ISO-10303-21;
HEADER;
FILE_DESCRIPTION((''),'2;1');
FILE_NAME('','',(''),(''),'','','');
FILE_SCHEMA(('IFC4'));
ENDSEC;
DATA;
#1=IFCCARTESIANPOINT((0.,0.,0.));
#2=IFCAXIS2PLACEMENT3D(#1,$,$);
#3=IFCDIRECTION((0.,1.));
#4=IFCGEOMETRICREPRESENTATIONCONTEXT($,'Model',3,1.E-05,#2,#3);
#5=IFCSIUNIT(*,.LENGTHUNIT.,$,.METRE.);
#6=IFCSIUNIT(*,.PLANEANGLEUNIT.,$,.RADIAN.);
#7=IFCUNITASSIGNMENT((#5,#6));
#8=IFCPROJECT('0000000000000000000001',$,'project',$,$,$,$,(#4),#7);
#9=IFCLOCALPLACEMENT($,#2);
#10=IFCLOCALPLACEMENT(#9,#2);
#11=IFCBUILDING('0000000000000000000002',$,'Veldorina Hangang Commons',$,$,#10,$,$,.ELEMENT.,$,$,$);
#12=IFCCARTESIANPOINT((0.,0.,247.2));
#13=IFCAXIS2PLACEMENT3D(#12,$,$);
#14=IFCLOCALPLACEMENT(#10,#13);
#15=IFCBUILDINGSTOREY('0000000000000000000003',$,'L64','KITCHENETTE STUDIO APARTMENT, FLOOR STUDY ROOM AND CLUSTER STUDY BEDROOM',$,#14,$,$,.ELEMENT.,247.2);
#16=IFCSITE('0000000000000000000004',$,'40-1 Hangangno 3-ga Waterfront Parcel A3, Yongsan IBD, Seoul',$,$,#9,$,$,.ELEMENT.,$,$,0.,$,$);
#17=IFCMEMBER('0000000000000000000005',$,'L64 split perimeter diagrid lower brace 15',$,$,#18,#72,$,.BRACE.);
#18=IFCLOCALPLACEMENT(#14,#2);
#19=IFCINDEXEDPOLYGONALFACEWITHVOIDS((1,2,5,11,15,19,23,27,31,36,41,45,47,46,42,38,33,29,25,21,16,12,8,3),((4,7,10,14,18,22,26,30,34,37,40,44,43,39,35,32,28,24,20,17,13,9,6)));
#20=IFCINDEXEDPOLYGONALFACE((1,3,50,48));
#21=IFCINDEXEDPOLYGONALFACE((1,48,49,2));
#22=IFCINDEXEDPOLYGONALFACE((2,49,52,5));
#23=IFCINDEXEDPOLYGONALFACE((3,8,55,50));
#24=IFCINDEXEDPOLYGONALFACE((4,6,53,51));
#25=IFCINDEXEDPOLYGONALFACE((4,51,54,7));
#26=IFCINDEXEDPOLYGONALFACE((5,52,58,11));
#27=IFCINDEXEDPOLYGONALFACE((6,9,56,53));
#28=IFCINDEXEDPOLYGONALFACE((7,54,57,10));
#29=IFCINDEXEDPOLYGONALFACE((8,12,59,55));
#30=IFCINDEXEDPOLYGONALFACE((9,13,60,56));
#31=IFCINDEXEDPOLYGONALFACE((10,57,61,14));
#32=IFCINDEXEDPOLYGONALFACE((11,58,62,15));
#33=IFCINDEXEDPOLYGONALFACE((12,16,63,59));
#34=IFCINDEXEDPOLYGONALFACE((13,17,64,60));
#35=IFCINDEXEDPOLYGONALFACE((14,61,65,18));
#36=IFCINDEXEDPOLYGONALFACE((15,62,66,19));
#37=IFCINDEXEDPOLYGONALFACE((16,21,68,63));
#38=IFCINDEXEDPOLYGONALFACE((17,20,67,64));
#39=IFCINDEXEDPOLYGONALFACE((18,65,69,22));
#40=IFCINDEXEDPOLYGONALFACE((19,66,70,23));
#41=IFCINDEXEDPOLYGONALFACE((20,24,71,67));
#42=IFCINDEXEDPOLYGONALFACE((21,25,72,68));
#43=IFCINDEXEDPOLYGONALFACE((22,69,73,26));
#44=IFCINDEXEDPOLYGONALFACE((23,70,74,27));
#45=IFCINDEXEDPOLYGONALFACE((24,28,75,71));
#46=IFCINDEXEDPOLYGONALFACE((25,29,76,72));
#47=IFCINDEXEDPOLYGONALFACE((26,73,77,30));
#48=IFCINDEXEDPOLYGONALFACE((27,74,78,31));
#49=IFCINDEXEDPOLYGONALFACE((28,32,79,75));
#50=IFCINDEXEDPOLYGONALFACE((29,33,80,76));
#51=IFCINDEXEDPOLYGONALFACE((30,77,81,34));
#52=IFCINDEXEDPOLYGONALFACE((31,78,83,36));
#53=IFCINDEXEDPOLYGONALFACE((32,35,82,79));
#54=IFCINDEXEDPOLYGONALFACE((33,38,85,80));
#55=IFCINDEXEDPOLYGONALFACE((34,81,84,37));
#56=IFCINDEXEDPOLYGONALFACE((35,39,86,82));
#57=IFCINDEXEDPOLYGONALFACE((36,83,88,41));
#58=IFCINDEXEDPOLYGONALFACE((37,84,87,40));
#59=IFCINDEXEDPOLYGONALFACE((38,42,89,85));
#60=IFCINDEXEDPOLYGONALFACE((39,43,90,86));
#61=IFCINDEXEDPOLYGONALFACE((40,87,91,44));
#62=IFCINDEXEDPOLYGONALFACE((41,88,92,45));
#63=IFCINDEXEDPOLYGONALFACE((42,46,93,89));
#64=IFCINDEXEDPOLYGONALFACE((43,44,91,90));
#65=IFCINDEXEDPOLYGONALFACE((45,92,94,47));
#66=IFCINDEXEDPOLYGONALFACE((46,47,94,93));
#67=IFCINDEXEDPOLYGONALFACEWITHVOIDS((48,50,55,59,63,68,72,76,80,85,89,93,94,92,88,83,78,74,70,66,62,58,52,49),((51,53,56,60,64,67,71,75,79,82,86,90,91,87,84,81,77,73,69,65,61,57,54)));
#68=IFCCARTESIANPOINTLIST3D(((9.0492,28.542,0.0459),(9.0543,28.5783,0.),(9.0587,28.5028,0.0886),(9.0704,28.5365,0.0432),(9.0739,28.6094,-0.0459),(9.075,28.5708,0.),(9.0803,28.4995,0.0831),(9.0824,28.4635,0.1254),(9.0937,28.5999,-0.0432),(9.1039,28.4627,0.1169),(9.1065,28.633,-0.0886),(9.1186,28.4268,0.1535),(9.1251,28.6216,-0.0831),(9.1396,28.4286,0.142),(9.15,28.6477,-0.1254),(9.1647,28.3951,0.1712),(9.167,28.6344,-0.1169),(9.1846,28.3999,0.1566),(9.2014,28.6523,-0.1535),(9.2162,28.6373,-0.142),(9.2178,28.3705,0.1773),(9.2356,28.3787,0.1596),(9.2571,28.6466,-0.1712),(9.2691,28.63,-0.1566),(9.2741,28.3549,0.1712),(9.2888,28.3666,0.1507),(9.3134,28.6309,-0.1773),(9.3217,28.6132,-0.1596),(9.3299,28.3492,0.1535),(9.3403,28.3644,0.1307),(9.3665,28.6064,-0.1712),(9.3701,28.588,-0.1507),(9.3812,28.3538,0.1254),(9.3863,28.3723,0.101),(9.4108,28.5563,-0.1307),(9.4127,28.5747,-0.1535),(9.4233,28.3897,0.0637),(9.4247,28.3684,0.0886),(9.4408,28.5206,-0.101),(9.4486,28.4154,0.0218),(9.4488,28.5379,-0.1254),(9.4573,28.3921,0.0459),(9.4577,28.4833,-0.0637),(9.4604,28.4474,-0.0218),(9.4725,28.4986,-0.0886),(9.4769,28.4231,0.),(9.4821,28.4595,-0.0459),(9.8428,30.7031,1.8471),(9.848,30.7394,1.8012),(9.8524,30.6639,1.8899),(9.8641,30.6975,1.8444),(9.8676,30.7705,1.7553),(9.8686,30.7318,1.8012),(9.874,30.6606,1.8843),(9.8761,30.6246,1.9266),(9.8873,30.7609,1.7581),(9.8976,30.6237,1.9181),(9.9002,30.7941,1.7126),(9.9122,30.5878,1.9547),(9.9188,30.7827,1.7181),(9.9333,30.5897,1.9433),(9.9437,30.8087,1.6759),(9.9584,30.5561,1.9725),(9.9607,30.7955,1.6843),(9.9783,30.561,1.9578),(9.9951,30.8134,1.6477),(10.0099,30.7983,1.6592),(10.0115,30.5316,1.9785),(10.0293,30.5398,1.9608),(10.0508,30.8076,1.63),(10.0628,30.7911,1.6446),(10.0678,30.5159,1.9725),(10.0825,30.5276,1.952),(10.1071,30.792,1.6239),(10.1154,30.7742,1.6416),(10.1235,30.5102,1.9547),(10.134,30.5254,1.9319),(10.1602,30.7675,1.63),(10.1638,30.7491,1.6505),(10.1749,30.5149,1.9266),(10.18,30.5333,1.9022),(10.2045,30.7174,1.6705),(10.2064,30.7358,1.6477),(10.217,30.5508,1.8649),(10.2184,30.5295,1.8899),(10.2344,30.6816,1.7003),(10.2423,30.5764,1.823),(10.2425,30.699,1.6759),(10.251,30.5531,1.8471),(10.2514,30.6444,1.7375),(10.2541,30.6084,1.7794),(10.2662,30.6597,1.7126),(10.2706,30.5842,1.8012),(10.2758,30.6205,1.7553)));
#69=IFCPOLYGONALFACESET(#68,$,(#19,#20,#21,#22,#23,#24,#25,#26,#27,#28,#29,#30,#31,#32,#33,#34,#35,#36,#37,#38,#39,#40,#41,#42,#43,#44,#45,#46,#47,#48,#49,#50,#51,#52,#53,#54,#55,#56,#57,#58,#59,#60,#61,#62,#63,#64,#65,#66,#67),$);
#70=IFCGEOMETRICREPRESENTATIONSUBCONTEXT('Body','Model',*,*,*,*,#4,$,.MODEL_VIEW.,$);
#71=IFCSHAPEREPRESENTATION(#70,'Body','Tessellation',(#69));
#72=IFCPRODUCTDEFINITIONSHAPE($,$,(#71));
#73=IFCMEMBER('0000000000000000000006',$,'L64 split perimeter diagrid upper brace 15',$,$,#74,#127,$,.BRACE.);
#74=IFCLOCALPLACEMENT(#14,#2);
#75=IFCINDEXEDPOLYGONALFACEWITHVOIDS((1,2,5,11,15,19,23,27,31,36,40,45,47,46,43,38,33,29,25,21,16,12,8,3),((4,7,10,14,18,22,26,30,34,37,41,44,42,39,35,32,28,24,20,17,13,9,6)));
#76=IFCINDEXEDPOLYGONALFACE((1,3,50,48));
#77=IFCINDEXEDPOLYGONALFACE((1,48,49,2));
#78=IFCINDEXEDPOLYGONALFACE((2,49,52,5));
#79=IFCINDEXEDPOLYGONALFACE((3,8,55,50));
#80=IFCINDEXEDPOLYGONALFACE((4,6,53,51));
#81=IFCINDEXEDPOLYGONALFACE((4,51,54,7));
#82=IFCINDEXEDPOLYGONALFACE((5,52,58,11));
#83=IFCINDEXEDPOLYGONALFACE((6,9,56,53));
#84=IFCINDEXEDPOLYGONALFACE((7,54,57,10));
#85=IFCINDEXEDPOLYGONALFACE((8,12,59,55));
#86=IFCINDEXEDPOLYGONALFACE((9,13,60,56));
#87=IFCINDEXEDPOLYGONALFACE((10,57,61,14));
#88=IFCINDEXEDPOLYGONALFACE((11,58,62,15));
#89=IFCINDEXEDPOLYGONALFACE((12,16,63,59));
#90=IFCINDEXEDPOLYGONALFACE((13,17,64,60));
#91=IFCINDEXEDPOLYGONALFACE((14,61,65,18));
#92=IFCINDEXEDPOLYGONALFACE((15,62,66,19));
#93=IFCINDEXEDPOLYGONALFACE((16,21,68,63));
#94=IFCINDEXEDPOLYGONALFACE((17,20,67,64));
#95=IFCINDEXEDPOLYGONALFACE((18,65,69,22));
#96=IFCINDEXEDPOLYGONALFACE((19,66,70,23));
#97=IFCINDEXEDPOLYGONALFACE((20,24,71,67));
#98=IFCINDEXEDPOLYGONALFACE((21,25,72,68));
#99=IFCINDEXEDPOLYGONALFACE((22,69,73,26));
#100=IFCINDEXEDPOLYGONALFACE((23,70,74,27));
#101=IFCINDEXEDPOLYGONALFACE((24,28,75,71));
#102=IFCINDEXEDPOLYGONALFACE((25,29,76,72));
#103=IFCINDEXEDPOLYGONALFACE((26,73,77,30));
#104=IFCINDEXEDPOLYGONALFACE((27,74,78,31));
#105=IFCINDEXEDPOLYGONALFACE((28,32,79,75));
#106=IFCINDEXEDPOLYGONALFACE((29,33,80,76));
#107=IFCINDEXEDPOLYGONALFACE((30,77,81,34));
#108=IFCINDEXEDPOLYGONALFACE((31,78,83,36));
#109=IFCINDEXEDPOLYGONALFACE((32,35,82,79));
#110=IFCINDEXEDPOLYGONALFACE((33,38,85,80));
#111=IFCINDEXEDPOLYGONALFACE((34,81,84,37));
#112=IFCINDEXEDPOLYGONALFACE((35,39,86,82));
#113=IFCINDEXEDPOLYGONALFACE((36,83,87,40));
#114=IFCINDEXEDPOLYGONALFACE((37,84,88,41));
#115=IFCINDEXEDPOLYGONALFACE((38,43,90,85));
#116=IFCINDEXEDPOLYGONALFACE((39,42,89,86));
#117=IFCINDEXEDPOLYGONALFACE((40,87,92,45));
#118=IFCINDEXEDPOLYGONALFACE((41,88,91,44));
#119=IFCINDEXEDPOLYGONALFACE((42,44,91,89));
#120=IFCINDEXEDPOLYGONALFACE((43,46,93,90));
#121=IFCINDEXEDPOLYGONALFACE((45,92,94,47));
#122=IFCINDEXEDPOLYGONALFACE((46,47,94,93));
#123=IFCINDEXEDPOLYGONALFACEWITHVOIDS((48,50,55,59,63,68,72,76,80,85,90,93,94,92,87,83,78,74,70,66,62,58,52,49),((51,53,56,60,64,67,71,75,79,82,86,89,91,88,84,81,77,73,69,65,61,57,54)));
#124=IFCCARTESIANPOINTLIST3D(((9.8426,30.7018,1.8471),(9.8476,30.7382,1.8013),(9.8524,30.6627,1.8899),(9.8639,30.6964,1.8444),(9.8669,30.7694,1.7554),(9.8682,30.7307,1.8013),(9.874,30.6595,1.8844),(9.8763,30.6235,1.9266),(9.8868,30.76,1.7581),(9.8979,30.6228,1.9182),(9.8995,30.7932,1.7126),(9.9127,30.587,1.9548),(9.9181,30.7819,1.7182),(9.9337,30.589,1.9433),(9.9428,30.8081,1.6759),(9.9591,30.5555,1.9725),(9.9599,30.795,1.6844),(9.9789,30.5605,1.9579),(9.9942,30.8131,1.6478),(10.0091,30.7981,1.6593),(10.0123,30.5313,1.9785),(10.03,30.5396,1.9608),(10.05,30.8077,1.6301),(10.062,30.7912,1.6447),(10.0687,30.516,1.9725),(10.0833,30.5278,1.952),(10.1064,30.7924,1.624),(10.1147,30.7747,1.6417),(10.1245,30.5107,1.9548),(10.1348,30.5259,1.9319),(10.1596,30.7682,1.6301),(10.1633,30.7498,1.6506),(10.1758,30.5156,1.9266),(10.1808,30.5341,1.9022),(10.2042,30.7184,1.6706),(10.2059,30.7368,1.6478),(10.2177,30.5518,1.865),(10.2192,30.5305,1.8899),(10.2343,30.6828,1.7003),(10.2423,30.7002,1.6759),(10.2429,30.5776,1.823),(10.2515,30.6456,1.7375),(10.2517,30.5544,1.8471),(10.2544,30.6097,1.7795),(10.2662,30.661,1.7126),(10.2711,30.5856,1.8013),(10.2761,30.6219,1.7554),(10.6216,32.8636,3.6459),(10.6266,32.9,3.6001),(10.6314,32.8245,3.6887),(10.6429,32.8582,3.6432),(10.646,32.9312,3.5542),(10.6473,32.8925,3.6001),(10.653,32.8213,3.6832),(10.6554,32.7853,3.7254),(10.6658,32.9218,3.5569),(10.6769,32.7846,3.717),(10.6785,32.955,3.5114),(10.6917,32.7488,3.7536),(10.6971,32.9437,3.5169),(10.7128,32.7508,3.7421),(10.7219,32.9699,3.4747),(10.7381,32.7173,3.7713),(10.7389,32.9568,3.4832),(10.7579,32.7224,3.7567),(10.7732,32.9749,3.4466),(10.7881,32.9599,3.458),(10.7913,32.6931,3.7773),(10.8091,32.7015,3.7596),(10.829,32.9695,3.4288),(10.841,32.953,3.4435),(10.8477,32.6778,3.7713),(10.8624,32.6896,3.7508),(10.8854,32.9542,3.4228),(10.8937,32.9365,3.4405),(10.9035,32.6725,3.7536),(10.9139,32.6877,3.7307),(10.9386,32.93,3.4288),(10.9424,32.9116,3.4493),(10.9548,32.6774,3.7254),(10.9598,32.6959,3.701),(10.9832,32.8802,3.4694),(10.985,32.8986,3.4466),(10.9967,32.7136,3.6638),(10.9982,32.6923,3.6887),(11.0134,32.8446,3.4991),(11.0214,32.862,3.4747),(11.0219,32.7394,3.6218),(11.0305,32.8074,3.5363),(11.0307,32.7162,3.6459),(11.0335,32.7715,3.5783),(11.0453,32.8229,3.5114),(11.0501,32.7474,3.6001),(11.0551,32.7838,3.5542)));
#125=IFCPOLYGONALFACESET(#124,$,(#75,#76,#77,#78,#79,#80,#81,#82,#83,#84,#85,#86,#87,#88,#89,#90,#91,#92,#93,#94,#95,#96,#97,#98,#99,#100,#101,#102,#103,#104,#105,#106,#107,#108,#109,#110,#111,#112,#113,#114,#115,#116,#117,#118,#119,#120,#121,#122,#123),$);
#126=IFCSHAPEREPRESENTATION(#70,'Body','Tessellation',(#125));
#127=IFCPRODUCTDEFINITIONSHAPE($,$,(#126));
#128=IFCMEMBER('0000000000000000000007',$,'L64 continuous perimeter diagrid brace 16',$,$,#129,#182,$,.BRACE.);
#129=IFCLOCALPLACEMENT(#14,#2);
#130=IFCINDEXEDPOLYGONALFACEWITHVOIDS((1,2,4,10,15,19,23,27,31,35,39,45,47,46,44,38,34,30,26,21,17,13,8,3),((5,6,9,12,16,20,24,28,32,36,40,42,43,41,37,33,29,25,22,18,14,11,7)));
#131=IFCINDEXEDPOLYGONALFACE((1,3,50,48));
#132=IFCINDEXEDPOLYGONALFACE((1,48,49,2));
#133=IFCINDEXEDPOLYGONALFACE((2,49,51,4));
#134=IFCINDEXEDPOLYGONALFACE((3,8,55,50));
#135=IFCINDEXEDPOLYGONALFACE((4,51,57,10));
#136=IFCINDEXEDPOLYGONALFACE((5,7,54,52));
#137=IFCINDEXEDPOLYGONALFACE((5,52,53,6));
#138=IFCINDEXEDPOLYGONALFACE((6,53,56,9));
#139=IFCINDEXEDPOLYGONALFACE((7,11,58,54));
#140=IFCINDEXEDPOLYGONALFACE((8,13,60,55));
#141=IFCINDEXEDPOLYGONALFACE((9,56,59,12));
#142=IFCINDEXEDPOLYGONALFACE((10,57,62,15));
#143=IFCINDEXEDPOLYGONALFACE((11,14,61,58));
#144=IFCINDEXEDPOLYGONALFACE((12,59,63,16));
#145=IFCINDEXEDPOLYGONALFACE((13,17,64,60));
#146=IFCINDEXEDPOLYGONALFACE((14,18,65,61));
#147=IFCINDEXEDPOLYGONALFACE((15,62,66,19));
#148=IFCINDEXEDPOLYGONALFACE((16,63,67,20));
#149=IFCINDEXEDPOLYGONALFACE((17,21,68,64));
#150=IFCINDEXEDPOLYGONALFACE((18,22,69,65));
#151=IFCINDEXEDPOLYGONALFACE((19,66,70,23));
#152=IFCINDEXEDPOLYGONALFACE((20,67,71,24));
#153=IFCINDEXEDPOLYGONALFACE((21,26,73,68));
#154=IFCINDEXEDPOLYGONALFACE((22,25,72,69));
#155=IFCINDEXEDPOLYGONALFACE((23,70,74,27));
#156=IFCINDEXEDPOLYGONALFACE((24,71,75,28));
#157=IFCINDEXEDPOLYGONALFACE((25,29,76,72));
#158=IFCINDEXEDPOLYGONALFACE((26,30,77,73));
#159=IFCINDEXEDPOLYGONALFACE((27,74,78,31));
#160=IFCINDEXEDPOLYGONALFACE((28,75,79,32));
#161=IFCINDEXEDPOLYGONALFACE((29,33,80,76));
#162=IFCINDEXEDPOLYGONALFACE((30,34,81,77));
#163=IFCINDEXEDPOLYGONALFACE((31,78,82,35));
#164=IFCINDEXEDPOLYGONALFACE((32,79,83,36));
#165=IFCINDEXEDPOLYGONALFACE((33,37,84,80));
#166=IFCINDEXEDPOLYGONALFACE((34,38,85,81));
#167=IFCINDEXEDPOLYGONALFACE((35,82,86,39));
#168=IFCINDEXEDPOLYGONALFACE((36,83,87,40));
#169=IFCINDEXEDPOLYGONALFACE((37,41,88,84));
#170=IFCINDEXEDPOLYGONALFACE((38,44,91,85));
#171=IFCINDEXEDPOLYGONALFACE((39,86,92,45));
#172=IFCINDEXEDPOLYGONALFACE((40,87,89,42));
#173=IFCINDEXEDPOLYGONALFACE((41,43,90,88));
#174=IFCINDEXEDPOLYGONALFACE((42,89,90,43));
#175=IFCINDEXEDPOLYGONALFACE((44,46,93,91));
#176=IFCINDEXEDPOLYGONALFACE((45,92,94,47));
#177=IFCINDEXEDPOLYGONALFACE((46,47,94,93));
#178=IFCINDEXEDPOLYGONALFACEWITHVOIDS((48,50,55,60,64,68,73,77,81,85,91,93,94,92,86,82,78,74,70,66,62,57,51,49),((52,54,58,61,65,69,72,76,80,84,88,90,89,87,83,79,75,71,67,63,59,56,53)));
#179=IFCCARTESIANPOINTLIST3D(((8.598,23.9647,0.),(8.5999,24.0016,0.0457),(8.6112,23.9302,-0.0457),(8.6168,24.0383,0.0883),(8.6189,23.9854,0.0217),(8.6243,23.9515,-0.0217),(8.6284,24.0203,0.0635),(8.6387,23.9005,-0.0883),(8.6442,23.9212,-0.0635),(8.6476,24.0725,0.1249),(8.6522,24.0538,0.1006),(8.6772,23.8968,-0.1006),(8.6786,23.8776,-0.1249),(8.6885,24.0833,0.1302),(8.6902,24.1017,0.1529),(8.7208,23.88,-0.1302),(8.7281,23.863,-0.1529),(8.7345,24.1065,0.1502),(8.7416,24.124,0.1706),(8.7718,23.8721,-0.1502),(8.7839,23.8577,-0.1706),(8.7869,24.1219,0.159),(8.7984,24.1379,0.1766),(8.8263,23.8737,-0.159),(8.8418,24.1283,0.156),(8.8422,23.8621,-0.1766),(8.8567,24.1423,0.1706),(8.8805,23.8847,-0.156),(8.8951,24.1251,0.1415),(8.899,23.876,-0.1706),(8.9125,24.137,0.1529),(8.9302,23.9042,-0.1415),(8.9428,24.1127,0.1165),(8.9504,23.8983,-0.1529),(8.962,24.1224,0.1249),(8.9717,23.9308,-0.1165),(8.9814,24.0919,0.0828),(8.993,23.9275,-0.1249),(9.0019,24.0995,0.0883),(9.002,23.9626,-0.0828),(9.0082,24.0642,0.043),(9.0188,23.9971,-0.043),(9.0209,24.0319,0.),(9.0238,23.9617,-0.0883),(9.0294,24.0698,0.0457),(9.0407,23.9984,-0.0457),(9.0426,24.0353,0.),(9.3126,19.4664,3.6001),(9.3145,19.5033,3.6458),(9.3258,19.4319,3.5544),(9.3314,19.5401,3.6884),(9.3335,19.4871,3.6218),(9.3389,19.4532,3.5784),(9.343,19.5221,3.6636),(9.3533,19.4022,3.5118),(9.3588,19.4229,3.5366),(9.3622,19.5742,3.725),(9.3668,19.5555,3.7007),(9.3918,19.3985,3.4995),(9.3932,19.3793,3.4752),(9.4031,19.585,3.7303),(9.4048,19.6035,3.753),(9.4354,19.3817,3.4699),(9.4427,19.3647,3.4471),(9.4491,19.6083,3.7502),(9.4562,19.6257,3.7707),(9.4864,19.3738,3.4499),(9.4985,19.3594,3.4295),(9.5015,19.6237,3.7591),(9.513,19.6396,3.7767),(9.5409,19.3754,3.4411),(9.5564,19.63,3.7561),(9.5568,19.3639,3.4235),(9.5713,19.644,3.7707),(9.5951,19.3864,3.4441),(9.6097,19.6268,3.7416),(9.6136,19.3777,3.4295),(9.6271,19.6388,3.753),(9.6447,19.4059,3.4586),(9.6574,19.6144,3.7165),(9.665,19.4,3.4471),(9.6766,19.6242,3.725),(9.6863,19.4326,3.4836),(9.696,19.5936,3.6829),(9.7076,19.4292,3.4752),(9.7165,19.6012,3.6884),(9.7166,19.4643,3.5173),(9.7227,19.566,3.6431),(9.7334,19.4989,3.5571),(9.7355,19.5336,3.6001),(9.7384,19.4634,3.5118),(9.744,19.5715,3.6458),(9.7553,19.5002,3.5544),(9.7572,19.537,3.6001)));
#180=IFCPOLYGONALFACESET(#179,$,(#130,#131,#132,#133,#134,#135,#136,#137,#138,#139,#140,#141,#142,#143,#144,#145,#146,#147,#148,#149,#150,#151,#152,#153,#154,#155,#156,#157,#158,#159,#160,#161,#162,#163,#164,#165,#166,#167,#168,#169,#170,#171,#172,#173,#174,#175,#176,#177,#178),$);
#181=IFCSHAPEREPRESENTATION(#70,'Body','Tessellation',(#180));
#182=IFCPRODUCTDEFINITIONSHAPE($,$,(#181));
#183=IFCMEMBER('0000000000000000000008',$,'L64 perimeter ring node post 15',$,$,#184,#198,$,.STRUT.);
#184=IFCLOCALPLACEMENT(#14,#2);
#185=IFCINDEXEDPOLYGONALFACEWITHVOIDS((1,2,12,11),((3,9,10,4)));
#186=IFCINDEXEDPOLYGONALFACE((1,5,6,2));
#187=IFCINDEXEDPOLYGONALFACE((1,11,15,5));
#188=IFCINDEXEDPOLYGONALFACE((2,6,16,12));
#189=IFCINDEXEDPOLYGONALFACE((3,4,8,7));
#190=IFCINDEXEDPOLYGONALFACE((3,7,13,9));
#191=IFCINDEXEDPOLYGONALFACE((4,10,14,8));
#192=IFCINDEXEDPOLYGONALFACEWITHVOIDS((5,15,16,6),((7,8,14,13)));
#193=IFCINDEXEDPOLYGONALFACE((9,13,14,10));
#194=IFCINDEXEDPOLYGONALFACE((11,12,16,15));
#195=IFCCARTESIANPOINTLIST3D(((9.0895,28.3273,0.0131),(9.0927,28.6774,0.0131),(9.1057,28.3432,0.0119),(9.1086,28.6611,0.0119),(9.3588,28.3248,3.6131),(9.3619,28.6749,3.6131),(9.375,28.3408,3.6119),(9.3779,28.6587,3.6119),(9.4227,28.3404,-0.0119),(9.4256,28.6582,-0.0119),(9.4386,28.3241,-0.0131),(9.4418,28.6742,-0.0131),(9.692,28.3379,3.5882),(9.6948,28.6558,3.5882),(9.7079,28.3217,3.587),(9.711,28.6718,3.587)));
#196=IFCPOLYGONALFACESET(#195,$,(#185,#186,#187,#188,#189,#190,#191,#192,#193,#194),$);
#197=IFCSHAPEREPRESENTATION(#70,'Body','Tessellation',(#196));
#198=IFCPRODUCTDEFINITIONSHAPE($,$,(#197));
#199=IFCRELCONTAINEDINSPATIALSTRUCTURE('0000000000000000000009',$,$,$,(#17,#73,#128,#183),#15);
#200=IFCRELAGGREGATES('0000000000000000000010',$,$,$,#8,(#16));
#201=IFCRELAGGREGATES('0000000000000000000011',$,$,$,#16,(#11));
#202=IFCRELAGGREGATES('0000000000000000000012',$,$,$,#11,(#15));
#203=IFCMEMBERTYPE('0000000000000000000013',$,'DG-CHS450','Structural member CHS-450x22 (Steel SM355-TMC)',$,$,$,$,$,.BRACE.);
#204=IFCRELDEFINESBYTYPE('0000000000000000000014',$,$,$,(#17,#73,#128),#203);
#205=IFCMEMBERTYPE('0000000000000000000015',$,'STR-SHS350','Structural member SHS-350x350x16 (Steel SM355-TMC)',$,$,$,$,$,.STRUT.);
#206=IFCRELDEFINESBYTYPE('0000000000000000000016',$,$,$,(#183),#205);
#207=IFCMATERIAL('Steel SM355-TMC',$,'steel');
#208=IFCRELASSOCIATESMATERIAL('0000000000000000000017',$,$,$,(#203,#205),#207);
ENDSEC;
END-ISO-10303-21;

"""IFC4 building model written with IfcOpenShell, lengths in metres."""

from ifc_helpers import new_model, si_unit, direction, frame, origin, origin_2d, place, context, subcontext, project, spatial, hollow_rectangle, hollow_circle, extrude, material, material_profile, profile_set, type_object, element, save


model = new_model("IFC4")

# Units and contexts
model_context = context("Model", 3, precision=1e-05, world=origin(), true_north=direction((0.0, 1.0)))
body_context = subcontext(model_context, "Body", "Model", "MODEL_VIEW")
ifc_project = project(units=[si_unit("LENGTHUNIT", "METRE"), si_unit("PLANEANGLEUNIT", "RADIAN")], contexts=[model_context])

# Site, building, storey
site_placement = place(None, origin())
site = spatial("IfcSite", under=ifc_project, at=site_placement, Name="40-1 Hangangno 3-ga Waterfront Parcel A3, Yongsan IBD, Seoul", CompositionType="ELEMENT", RefElevation=0.0)
building_placement = place(site_placement, origin())
building = spatial("IfcBuilding", under=site, at=building_placement, Name="Veldorina Hangang Commons", CompositionType="ELEMENT")
storey_placement = place(building_placement, frame((0.0, 0.0, 247.2)))
storey = spatial("IfcBuildingStorey", under=building, at=storey_placement, Name="L64", Description="KITCHENETTE STUDIO APARTMENT, FLOOR STUDY ROOM AND CLUSTER STUDY BEDROOM", CompositionType="ELEMENT", Elevation=247.2)

# Shared definitions
ifc_material_1 = material(Name="Steel SM355-TMC", Category="steel")

# Members
ifc_material_profile_1 = material_profile(ifc_material_1, hollow_circle(Radius=0.2251, WallThickness=0.022, at=origin_2d()), Name="CHS-450x22")
ifc_profile_set_1 = profile_set([ifc_material_profile_1], Name="Steel SM355-TMC")
member_type_1 = type_object("IfcMemberType", Name="DG-CHS450", Description="Structural member CHS-450x22 (Steel SM355-TMC)", PredefinedType="BRACE", material=ifc_profile_set_1)
member_1_placement = place(storey_placement, frame((9.2656, 28.5007, 0.0), z_axis=(0.271519, 0.739307, 0.6162), x_axis=(-0.938696, 0.344747, 0.0)))
element("IfcMember", 1, at=member_1_placement, inside=storey, type_object=member_type_1, Name="L64 split perimeter diagrid lower brace 15", PredefinedType="BRACE", context=body_context, shape_type="SweptSolid", body=[
    extrude(hollow_circle(Radius=0.2251, WallThickness=0.022, at=origin_2d()), origin(), (0.0, 0.0, 1.0), 2.9231),
])
member_2_placement = place(storey_placement, frame((10.0593, 30.6619, 1.8013), z_axis=(0.266956, 0.740801, 0.6164), x_axis=(-0.940779, 0.33902, 0.0)))
element("IfcMember", 2, at=member_2_placement, inside=storey, type_object=member_type_1, Name="L64 split perimeter diagrid upper brace 15", PredefinedType="BRACE", context=body_context, shape_type="SweptSolid", body=[
    extrude(hollow_circle(Radius=0.2251, WallThickness=0.022, at=origin_2d()), origin(), (0.0, 0.0, 1.0), 2.9182),
])
member_3_placement = place(storey_placement, frame((8.8203, 24.0, 0.0), z_axis=(0.123086, -0.774808, 0.620099), x_axis=(0.987616, 0.156893, 0.0)))
element("IfcMember", 3, at=member_3_placement, inside=storey, type_object=member_type_1, Name="L64 continuous perimeter diagrid brace 16", PredefinedType="BRACE", context=body_context, shape_type="SweptSolid", body=[
    extrude(hollow_circle(Radius=0.2251, WallThickness=0.022, at=origin_2d()), origin(), (0.0, 0.0, 1.0), 5.8057),
])
ifc_material_profile_2 = material_profile(ifc_material_1, hollow_rectangle(XDim=0.3501, YDim=0.3501, WallThickness=0.0161, at=origin_2d()), Name="SHS-350x350x16")
ifc_profile_set_2 = profile_set([ifc_material_profile_2], Name="Steel SM355-TMC")
member_type_2 = type_object("IfcMemberType", Name="STR-SHS350", Description="Structural member SHS-350x350x16 (Steel SM355-TMC)", PredefinedType="STRUT", material=ifc_profile_set_2)
member_4_placement = place(storey_placement, frame((9.2656, 28.5007, 0.0), z_axis=(0.074592, -0.000676, 0.997214), x_axis=(0.009066, 0.999959, 0.0)))
element("IfcMember", 4, at=member_4_placement, inside=storey, type_object=member_type_2, Name="L64 perimeter ring node post 15", PredefinedType="STRUT", context=body_context, shape_type="SweptSolid", body=[
    extrude(hollow_rectangle(XDim=0.3501, YDim=0.3501, WallThickness=0.0161, at=origin_2d()), origin(), (0.0, 0.0, 1.0), 3.6101),
])

save(model, "model.ifc")
